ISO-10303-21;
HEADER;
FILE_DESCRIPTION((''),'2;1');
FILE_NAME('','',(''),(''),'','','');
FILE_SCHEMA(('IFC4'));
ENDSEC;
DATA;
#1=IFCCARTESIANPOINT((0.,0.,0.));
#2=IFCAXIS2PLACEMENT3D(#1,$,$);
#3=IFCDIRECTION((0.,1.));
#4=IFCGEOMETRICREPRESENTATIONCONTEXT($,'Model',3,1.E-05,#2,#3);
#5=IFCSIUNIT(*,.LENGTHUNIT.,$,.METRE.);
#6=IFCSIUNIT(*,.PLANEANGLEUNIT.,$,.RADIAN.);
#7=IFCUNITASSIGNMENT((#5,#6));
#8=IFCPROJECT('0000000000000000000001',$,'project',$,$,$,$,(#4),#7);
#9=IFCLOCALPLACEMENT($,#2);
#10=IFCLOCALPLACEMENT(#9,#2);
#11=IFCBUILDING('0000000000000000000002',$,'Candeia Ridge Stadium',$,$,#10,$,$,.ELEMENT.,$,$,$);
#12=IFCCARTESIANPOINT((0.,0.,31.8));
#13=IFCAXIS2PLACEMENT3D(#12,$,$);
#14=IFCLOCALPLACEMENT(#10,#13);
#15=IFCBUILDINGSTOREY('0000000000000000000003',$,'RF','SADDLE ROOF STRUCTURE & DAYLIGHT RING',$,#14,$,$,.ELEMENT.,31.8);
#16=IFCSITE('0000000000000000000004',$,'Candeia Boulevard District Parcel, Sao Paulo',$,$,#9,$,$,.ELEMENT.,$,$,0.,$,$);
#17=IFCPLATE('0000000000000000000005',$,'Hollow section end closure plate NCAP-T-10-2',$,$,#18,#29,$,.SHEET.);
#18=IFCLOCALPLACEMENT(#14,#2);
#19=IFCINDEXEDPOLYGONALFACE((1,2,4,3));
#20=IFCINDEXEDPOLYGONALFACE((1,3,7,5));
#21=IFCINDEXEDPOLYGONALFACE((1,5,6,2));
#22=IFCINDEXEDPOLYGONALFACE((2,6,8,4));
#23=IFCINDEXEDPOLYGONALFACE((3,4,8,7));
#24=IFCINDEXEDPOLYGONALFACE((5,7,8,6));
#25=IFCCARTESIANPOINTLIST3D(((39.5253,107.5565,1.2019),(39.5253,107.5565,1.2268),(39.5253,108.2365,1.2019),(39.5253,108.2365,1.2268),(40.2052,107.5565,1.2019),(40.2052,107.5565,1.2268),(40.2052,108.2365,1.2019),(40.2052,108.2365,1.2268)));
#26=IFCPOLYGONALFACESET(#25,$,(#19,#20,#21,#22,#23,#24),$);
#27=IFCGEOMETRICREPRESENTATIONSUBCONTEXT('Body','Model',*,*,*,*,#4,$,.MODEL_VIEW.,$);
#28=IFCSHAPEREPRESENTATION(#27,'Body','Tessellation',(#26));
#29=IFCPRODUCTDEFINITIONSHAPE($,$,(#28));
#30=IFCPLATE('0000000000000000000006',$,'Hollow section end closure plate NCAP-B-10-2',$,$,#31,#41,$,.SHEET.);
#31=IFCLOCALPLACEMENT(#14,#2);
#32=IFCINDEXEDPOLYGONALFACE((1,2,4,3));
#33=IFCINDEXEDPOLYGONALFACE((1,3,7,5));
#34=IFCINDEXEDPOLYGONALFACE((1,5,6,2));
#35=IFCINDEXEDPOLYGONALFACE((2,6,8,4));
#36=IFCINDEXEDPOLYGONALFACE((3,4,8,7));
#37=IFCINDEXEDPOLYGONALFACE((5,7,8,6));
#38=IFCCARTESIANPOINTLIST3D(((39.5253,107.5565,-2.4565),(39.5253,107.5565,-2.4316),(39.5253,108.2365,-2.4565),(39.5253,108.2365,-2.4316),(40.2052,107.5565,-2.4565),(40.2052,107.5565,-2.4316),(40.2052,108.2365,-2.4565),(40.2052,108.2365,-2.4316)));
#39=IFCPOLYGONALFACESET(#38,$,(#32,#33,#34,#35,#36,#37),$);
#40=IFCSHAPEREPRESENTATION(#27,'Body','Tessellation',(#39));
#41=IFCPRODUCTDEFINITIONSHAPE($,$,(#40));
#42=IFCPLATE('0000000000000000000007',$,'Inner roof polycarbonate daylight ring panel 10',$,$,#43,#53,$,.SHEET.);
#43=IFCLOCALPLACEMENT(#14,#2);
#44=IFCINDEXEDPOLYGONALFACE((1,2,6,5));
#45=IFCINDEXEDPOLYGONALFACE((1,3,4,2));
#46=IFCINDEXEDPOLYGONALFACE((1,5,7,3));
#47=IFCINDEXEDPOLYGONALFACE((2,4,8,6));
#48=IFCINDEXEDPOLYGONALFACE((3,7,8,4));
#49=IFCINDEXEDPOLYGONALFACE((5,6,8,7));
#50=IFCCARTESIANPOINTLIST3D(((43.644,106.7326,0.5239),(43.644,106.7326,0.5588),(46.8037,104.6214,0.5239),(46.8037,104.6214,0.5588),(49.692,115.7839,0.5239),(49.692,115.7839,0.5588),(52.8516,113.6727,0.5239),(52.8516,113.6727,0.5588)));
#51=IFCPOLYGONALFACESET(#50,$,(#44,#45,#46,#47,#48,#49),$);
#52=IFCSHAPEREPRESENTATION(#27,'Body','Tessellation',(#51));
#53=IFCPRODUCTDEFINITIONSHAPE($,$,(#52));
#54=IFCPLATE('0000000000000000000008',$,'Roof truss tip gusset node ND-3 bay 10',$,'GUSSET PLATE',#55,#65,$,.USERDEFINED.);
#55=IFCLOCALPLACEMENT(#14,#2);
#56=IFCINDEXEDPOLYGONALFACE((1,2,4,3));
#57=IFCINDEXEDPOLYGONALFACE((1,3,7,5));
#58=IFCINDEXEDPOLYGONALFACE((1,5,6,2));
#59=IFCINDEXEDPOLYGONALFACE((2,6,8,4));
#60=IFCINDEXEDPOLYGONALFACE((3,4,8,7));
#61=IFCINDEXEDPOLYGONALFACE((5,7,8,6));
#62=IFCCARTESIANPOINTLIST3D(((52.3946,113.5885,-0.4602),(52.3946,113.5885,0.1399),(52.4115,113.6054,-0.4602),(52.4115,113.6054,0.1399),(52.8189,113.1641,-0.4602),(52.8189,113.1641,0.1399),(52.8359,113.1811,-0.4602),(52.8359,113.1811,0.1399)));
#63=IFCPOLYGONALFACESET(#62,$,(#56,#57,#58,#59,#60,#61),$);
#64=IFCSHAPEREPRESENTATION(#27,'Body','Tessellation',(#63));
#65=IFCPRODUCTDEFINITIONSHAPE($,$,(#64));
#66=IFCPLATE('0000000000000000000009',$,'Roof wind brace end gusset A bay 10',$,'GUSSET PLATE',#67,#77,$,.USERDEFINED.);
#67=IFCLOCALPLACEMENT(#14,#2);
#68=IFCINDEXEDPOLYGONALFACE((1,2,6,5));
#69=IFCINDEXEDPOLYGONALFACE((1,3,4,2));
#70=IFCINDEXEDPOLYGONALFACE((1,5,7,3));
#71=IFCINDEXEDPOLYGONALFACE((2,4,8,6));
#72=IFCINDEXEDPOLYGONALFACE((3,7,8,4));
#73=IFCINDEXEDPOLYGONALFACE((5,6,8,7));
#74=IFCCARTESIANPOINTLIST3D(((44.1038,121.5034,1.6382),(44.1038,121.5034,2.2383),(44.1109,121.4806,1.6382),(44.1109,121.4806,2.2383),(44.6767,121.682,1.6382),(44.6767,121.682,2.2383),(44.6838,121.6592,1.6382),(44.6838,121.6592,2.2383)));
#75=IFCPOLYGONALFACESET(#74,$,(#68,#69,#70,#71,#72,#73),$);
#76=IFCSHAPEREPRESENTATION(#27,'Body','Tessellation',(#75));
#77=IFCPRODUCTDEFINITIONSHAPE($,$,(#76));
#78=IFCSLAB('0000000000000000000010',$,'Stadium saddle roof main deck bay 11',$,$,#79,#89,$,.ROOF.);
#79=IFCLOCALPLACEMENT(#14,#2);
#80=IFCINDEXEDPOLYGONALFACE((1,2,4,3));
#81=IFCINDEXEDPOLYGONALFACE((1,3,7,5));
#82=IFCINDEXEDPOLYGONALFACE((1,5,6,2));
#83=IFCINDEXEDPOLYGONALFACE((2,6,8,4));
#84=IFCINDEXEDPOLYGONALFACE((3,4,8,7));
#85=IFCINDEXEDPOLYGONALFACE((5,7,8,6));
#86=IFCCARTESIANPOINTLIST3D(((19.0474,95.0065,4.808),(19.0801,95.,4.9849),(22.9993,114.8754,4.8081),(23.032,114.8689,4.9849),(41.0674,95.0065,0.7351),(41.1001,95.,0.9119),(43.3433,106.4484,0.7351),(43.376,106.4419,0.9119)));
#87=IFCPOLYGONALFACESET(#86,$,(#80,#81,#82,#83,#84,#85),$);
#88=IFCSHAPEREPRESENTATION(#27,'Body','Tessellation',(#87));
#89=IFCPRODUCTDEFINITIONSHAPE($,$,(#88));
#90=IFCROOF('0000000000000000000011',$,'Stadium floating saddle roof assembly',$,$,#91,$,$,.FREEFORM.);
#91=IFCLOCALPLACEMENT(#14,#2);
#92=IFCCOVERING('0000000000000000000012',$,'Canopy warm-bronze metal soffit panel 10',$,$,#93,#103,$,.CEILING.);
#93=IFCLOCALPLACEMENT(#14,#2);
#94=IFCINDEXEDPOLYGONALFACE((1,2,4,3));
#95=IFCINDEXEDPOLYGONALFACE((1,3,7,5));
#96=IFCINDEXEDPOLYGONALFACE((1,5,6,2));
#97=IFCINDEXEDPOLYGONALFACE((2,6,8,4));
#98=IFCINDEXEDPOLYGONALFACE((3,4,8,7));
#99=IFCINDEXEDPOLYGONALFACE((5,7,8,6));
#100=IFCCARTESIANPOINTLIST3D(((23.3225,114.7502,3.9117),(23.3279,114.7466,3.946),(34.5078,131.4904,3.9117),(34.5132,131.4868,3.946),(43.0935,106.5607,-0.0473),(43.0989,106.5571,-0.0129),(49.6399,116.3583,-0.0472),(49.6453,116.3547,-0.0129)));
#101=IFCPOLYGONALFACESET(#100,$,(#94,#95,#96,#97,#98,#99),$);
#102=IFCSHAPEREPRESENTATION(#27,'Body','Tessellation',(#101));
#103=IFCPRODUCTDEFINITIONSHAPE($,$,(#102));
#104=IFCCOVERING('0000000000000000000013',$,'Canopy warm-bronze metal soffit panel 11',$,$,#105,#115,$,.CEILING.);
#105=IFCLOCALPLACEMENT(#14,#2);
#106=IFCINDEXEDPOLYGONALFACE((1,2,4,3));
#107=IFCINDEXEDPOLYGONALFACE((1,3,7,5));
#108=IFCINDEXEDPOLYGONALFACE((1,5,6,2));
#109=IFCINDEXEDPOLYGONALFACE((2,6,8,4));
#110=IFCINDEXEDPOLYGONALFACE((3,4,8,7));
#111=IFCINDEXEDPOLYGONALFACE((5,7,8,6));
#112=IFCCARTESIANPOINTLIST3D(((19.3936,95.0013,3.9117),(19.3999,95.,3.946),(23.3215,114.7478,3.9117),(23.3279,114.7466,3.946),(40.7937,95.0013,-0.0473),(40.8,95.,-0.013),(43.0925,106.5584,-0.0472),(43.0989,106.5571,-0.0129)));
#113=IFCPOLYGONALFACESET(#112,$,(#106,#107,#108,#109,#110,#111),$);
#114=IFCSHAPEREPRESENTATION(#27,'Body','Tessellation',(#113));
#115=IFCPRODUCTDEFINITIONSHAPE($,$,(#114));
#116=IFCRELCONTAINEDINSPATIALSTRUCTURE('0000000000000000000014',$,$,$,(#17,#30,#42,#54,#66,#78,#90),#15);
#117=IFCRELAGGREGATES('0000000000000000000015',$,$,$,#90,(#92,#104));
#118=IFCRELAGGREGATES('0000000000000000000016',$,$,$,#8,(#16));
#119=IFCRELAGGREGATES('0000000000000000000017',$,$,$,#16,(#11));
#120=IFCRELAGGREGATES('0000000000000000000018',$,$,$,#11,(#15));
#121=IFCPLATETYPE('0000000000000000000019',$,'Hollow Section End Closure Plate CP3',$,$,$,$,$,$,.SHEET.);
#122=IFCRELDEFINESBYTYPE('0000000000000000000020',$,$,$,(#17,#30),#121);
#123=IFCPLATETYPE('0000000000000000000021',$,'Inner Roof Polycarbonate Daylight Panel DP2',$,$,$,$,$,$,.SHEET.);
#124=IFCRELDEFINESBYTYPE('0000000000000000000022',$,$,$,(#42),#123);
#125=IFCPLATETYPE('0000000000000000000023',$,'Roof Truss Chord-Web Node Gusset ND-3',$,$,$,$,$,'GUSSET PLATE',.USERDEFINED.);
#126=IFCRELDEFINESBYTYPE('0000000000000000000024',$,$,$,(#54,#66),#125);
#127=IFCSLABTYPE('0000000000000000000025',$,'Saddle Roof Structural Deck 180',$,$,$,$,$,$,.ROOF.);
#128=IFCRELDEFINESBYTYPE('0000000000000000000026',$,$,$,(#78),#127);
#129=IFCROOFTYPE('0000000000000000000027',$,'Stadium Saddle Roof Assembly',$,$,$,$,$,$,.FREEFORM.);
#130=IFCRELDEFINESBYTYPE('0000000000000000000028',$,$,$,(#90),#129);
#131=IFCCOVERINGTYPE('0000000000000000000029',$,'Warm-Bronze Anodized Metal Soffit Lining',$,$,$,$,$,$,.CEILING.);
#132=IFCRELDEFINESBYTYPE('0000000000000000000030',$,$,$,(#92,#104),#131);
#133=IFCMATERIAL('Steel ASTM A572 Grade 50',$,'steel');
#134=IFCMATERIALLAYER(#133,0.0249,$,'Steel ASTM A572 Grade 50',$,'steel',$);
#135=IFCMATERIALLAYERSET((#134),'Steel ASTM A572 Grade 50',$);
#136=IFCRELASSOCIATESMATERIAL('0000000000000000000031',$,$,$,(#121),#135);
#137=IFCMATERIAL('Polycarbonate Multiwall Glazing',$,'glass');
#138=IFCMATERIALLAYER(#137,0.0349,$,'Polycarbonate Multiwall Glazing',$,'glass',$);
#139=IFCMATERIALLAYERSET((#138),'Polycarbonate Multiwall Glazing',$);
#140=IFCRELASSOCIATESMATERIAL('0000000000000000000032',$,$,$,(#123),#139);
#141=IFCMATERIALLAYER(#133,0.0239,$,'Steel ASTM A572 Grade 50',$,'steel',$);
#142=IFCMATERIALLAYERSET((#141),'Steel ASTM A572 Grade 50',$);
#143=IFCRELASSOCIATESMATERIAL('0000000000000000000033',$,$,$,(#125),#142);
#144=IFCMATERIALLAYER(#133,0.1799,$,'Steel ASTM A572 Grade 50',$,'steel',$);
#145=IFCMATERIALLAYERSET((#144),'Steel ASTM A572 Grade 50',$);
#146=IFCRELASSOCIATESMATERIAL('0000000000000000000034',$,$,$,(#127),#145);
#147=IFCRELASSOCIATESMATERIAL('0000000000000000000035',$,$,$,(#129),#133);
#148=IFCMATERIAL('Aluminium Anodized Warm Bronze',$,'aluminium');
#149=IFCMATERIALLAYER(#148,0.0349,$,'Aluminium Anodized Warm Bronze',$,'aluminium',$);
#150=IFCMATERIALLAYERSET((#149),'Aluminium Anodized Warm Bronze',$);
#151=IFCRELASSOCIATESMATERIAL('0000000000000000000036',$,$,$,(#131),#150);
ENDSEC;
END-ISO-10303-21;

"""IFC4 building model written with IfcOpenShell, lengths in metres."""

from ifc_helpers import new_model, si_unit, direction, frame, origin, origin_2d, place, context, subcontext, project, spatial, polyline, rectangle, outline, extrude, material, layer, layer_set, type_object, element, aggregate, save


model = new_model("IFC4")

# Units and contexts
model_context = context("Model", 3, precision=1e-05, world=origin(), true_north=direction((0.0, 1.0)))
body_context = subcontext(model_context, "Body", "Model", "MODEL_VIEW")
ifc_project = project(units=[si_unit("LENGTHUNIT", "METRE"), si_unit("PLANEANGLEUNIT", "RADIAN")], contexts=[model_context])

# Site, building, storey
site_placement = place(None, origin())
site = spatial("IfcSite", under=ifc_project, at=site_placement, Name="Candeia Boulevard District Parcel, Sao Paulo", CompositionType="ELEMENT", RefElevation=0.0)
building_placement = place(site_placement, origin())
building = spatial("IfcBuilding", under=site, at=building_placement, Name="Candeia Ridge Stadium", CompositionType="ELEMENT")
storey_placement = place(building_placement, frame((0.0, 0.0, 31.8)))
storey = spatial("IfcBuildingStorey", under=building, at=storey_placement, Name="RF", Description="SADDLE ROOF STRUCTURE & DAYLIGHT RING", CompositionType="ELEMENT", Elevation=31.8)

# Shared definitions
ifc_material_1 = material(Name="Steel ASTM A572 Grade 50", Category="steel")

# Plates
ifc_layer_1 = layer(ifc_material_1, 0.0249, Name="Steel ASTM A572 Grade 50", Category="steel")
ifc_layer_set_1 = layer_set([ifc_layer_1], Name="Steel ASTM A572 Grade 50")
plate_type_1 = type_object("IfcPlateType", Name="Hollow Section End Closure Plate CP3", PredefinedType="SHEET", material=ifc_layer_set_1)
for number, where, z_axis, x_axis, name in (
    (1, (39.8652, 107.8965, 1.2019), (0.0, 0.0, 1.0), (1.0, 0.0, 0.0), "Hollow section end closure plate NCAP-T-10-2"),
    (2, (39.8652, 107.8965, -2.4565), (0.0, 0.0, 1.0), (1.0, 0.0, 0.0), "Hollow section end closure plate NCAP-B-10-2"),
):
    element("IfcPlate", number, at=place(storey_placement, frame(where, z_axis=z_axis, x_axis=x_axis)), inside=storey, type_object=plate_type_1, Name=name, PredefinedType="SHEET", context=body_context, shape_type="SweptSolid", body=[
        extrude(rectangle(XDim=0.6799, YDim=0.6799, at=origin_2d()), origin(), (0.0, 0.0, 1.0), 0.0249),
    ])
ifc_material_2 = material(Name="Polycarbonate Multiwall Glazing", Category="glass")
ifc_layer_2 = layer(ifc_material_2, 0.0349, Name="Polycarbonate Multiwall Glazing", Category="glass")
ifc_layer_set_2 = layer_set([ifc_layer_2], Name="Polycarbonate Multiwall Glazing")
plate_type_2 = type_object("IfcPlateType", Name="Inner Roof Polycarbonate Daylight Panel DP2", PredefinedType="SHEET", material=ifc_layer_set_2)
plate_1_placement = place(storey_placement, frame((48.2478, 110.2026, 0.5239), z_axis=(0.0, 0.0, 1.0), x_axis=(-0.55557, -0.83147, 0.0)))
element("IfcPlate", 3, at=plate_1_placement, inside=storey, type_object=plate_type_2, Name="Inner roof polycarbonate daylight ring panel 10", PredefinedType="SHEET", context=body_context, shape_type="SweptSolid", body=[
    extrude(rectangle(XDim=10.886, YDim=3.8, at=origin_2d()), origin(), (0.0, 0.0, 1.0), 0.0349),
])
ifc_layer_3 = layer(ifc_material_1, 0.0239, Name="Steel ASTM A572 Grade 50", Category="steel")
ifc_layer_set_3 = layer_set([ifc_layer_3], Name="Steel ASTM A572 Grade 50")
plate_type_3 = type_object("IfcPlateType", Name="Roof Truss Chord-Web Node Gusset ND-3", ElementType="GUSSET PLATE", PredefinedType="USERDEFINED", material=ifc_layer_set_3)
for number, where, z_axis, x_axis, name in (
    (4, (52.6152, 113.3848, -0.4602), (0.0, 0.0, 1.0), (-0.707107, 0.707107, 0.0), "Roof truss tip gusset node ND-3 bay 10"),
    (5, (44.3938, 121.5813, 1.6382), (0.0, 0.0, 1.0), (-0.954693, -0.297591, 0.0), "Roof wind brace end gusset A bay 10"),
):
    element("IfcPlate", number, at=place(storey_placement, frame(where, z_axis=z_axis, x_axis=x_axis)), inside=storey, type_object=plate_type_3, Name=name, ObjectType="GUSSET PLATE", PredefinedType="USERDEFINED", context=body_context, shape_type="SweptSolid", body=[
        extrude(rectangle(XDim=0.6001, YDim=0.0239, at=origin_2d()), origin(), (0.0, 0.0, 1.0), 0.6001),
    ])

# Slab
ifc_layer_4 = layer(ifc_material_1, 0.1799, Name="Steel ASTM A572 Grade 50", Category="steel")
ifc_layer_set_4 = layer_set([ifc_layer_4], Name="Steel ASTM A572 Grade 50")
slab_type = type_object("IfcSlabType", Name="Saddle Roof Structural Deck 180", PredefinedType="ROOF", material=ifc_layer_set_4)
slab_1_placement = place(storey_placement, frame((43.376, 106.4419, 0.9119), z_axis=(0.181763, -0.036153, 0.982677), x_axis=(-0.195086, -0.980786, 0.000001)))
element("IfcSlab", 6, at=slab_1_placement, inside=storey, type_object=slab_type, Name="Stadium saddle roof main deck bay 11", PredefinedType="ROOF", context=body_context, shape_type="SweptSolid", body=[
    extrude(outline(polyline([(0.0, 0.0), (11.666, 0.0), (15.9618, -21.9776), (-4.2963, -21.9778), (0.0, 0.0)])), origin(), (0.0, 0.0, -1.0), 0.1799),
])

# Roof, coverings
roof_type = type_object("IfcRoofType", Name="Stadium Saddle Roof Assembly", PredefinedType="FREEFORM", material=ifc_material_1)
roof_placement = place(storey_placement, origin())
roof = element("IfcRoof", 7, at=roof_placement, inside=storey, type_object=roof_type, Name="Stadium floating saddle roof assembly", PredefinedType="FREEFORM")
ifc_material_3 = material(Name="Aluminium Anodized Warm Bronze", Category="aluminium")
ifc_layer_5 = layer(ifc_material_3, 0.0349, Name="Aluminium Anodized Warm Bronze", Category="aluminium")
ifc_layer_set_5 = layer_set([ifc_layer_5], Name="Aluminium Anodized Warm Bronze")
covering_type = type_object("IfcCoveringType", Name="Warm-Bronze Anodized Metal Soffit Lining", PredefinedType="CEILING", material=ifc_layer_set_5)
covering_1_placement = place(storey_placement, frame((49.6453, 116.3547, -0.0129), z_axis=(0.154118, -0.102976, 0.982672), x_axis=(-0.555561, -0.831476, -0.000001)))
covering_1 = element("IfcCovering", 8, at=covering_1_placement, type_object=covering_type, Name="Canopy warm-bronze metal soffit panel 10", PredefinedType="CEILING", context=body_context, shape_type="SweptSolid", body=[
    extrude(outline(polyline([(0.0, 0.0), (11.7834, 0.0), (15.958, -21.359), (-4.1752, -21.3589), (0.0, 0.0)])), origin(), (0.0, 0.0, -1.0), 0.0349),
])
covering_2_placement = place(storey_placement, frame((43.0989, 106.5571, -0.0129), z_axis=(0.181793, -0.036162, 0.982672), x_axis=(-0.195088, -0.980786, -0.000001)))
covering_2 = element("IfcCovering", 9, at=covering_2_placement, type_object=covering_type, Name="Canopy warm-bronze metal soffit panel 11", PredefinedType="CEILING", context=body_context, shape_type="SweptSolid", body=[
    extrude(outline(polyline([(0.0, 0.0), (11.7835, 0.0), (15.9585, -21.3591), (-4.175, -21.3589), (0.0, 0.0)])), origin(), (0.0, 0.0, -1.0), 0.0349),
])
aggregate(roof, [covering_1, covering_2])

save(model, "model.ifc")
